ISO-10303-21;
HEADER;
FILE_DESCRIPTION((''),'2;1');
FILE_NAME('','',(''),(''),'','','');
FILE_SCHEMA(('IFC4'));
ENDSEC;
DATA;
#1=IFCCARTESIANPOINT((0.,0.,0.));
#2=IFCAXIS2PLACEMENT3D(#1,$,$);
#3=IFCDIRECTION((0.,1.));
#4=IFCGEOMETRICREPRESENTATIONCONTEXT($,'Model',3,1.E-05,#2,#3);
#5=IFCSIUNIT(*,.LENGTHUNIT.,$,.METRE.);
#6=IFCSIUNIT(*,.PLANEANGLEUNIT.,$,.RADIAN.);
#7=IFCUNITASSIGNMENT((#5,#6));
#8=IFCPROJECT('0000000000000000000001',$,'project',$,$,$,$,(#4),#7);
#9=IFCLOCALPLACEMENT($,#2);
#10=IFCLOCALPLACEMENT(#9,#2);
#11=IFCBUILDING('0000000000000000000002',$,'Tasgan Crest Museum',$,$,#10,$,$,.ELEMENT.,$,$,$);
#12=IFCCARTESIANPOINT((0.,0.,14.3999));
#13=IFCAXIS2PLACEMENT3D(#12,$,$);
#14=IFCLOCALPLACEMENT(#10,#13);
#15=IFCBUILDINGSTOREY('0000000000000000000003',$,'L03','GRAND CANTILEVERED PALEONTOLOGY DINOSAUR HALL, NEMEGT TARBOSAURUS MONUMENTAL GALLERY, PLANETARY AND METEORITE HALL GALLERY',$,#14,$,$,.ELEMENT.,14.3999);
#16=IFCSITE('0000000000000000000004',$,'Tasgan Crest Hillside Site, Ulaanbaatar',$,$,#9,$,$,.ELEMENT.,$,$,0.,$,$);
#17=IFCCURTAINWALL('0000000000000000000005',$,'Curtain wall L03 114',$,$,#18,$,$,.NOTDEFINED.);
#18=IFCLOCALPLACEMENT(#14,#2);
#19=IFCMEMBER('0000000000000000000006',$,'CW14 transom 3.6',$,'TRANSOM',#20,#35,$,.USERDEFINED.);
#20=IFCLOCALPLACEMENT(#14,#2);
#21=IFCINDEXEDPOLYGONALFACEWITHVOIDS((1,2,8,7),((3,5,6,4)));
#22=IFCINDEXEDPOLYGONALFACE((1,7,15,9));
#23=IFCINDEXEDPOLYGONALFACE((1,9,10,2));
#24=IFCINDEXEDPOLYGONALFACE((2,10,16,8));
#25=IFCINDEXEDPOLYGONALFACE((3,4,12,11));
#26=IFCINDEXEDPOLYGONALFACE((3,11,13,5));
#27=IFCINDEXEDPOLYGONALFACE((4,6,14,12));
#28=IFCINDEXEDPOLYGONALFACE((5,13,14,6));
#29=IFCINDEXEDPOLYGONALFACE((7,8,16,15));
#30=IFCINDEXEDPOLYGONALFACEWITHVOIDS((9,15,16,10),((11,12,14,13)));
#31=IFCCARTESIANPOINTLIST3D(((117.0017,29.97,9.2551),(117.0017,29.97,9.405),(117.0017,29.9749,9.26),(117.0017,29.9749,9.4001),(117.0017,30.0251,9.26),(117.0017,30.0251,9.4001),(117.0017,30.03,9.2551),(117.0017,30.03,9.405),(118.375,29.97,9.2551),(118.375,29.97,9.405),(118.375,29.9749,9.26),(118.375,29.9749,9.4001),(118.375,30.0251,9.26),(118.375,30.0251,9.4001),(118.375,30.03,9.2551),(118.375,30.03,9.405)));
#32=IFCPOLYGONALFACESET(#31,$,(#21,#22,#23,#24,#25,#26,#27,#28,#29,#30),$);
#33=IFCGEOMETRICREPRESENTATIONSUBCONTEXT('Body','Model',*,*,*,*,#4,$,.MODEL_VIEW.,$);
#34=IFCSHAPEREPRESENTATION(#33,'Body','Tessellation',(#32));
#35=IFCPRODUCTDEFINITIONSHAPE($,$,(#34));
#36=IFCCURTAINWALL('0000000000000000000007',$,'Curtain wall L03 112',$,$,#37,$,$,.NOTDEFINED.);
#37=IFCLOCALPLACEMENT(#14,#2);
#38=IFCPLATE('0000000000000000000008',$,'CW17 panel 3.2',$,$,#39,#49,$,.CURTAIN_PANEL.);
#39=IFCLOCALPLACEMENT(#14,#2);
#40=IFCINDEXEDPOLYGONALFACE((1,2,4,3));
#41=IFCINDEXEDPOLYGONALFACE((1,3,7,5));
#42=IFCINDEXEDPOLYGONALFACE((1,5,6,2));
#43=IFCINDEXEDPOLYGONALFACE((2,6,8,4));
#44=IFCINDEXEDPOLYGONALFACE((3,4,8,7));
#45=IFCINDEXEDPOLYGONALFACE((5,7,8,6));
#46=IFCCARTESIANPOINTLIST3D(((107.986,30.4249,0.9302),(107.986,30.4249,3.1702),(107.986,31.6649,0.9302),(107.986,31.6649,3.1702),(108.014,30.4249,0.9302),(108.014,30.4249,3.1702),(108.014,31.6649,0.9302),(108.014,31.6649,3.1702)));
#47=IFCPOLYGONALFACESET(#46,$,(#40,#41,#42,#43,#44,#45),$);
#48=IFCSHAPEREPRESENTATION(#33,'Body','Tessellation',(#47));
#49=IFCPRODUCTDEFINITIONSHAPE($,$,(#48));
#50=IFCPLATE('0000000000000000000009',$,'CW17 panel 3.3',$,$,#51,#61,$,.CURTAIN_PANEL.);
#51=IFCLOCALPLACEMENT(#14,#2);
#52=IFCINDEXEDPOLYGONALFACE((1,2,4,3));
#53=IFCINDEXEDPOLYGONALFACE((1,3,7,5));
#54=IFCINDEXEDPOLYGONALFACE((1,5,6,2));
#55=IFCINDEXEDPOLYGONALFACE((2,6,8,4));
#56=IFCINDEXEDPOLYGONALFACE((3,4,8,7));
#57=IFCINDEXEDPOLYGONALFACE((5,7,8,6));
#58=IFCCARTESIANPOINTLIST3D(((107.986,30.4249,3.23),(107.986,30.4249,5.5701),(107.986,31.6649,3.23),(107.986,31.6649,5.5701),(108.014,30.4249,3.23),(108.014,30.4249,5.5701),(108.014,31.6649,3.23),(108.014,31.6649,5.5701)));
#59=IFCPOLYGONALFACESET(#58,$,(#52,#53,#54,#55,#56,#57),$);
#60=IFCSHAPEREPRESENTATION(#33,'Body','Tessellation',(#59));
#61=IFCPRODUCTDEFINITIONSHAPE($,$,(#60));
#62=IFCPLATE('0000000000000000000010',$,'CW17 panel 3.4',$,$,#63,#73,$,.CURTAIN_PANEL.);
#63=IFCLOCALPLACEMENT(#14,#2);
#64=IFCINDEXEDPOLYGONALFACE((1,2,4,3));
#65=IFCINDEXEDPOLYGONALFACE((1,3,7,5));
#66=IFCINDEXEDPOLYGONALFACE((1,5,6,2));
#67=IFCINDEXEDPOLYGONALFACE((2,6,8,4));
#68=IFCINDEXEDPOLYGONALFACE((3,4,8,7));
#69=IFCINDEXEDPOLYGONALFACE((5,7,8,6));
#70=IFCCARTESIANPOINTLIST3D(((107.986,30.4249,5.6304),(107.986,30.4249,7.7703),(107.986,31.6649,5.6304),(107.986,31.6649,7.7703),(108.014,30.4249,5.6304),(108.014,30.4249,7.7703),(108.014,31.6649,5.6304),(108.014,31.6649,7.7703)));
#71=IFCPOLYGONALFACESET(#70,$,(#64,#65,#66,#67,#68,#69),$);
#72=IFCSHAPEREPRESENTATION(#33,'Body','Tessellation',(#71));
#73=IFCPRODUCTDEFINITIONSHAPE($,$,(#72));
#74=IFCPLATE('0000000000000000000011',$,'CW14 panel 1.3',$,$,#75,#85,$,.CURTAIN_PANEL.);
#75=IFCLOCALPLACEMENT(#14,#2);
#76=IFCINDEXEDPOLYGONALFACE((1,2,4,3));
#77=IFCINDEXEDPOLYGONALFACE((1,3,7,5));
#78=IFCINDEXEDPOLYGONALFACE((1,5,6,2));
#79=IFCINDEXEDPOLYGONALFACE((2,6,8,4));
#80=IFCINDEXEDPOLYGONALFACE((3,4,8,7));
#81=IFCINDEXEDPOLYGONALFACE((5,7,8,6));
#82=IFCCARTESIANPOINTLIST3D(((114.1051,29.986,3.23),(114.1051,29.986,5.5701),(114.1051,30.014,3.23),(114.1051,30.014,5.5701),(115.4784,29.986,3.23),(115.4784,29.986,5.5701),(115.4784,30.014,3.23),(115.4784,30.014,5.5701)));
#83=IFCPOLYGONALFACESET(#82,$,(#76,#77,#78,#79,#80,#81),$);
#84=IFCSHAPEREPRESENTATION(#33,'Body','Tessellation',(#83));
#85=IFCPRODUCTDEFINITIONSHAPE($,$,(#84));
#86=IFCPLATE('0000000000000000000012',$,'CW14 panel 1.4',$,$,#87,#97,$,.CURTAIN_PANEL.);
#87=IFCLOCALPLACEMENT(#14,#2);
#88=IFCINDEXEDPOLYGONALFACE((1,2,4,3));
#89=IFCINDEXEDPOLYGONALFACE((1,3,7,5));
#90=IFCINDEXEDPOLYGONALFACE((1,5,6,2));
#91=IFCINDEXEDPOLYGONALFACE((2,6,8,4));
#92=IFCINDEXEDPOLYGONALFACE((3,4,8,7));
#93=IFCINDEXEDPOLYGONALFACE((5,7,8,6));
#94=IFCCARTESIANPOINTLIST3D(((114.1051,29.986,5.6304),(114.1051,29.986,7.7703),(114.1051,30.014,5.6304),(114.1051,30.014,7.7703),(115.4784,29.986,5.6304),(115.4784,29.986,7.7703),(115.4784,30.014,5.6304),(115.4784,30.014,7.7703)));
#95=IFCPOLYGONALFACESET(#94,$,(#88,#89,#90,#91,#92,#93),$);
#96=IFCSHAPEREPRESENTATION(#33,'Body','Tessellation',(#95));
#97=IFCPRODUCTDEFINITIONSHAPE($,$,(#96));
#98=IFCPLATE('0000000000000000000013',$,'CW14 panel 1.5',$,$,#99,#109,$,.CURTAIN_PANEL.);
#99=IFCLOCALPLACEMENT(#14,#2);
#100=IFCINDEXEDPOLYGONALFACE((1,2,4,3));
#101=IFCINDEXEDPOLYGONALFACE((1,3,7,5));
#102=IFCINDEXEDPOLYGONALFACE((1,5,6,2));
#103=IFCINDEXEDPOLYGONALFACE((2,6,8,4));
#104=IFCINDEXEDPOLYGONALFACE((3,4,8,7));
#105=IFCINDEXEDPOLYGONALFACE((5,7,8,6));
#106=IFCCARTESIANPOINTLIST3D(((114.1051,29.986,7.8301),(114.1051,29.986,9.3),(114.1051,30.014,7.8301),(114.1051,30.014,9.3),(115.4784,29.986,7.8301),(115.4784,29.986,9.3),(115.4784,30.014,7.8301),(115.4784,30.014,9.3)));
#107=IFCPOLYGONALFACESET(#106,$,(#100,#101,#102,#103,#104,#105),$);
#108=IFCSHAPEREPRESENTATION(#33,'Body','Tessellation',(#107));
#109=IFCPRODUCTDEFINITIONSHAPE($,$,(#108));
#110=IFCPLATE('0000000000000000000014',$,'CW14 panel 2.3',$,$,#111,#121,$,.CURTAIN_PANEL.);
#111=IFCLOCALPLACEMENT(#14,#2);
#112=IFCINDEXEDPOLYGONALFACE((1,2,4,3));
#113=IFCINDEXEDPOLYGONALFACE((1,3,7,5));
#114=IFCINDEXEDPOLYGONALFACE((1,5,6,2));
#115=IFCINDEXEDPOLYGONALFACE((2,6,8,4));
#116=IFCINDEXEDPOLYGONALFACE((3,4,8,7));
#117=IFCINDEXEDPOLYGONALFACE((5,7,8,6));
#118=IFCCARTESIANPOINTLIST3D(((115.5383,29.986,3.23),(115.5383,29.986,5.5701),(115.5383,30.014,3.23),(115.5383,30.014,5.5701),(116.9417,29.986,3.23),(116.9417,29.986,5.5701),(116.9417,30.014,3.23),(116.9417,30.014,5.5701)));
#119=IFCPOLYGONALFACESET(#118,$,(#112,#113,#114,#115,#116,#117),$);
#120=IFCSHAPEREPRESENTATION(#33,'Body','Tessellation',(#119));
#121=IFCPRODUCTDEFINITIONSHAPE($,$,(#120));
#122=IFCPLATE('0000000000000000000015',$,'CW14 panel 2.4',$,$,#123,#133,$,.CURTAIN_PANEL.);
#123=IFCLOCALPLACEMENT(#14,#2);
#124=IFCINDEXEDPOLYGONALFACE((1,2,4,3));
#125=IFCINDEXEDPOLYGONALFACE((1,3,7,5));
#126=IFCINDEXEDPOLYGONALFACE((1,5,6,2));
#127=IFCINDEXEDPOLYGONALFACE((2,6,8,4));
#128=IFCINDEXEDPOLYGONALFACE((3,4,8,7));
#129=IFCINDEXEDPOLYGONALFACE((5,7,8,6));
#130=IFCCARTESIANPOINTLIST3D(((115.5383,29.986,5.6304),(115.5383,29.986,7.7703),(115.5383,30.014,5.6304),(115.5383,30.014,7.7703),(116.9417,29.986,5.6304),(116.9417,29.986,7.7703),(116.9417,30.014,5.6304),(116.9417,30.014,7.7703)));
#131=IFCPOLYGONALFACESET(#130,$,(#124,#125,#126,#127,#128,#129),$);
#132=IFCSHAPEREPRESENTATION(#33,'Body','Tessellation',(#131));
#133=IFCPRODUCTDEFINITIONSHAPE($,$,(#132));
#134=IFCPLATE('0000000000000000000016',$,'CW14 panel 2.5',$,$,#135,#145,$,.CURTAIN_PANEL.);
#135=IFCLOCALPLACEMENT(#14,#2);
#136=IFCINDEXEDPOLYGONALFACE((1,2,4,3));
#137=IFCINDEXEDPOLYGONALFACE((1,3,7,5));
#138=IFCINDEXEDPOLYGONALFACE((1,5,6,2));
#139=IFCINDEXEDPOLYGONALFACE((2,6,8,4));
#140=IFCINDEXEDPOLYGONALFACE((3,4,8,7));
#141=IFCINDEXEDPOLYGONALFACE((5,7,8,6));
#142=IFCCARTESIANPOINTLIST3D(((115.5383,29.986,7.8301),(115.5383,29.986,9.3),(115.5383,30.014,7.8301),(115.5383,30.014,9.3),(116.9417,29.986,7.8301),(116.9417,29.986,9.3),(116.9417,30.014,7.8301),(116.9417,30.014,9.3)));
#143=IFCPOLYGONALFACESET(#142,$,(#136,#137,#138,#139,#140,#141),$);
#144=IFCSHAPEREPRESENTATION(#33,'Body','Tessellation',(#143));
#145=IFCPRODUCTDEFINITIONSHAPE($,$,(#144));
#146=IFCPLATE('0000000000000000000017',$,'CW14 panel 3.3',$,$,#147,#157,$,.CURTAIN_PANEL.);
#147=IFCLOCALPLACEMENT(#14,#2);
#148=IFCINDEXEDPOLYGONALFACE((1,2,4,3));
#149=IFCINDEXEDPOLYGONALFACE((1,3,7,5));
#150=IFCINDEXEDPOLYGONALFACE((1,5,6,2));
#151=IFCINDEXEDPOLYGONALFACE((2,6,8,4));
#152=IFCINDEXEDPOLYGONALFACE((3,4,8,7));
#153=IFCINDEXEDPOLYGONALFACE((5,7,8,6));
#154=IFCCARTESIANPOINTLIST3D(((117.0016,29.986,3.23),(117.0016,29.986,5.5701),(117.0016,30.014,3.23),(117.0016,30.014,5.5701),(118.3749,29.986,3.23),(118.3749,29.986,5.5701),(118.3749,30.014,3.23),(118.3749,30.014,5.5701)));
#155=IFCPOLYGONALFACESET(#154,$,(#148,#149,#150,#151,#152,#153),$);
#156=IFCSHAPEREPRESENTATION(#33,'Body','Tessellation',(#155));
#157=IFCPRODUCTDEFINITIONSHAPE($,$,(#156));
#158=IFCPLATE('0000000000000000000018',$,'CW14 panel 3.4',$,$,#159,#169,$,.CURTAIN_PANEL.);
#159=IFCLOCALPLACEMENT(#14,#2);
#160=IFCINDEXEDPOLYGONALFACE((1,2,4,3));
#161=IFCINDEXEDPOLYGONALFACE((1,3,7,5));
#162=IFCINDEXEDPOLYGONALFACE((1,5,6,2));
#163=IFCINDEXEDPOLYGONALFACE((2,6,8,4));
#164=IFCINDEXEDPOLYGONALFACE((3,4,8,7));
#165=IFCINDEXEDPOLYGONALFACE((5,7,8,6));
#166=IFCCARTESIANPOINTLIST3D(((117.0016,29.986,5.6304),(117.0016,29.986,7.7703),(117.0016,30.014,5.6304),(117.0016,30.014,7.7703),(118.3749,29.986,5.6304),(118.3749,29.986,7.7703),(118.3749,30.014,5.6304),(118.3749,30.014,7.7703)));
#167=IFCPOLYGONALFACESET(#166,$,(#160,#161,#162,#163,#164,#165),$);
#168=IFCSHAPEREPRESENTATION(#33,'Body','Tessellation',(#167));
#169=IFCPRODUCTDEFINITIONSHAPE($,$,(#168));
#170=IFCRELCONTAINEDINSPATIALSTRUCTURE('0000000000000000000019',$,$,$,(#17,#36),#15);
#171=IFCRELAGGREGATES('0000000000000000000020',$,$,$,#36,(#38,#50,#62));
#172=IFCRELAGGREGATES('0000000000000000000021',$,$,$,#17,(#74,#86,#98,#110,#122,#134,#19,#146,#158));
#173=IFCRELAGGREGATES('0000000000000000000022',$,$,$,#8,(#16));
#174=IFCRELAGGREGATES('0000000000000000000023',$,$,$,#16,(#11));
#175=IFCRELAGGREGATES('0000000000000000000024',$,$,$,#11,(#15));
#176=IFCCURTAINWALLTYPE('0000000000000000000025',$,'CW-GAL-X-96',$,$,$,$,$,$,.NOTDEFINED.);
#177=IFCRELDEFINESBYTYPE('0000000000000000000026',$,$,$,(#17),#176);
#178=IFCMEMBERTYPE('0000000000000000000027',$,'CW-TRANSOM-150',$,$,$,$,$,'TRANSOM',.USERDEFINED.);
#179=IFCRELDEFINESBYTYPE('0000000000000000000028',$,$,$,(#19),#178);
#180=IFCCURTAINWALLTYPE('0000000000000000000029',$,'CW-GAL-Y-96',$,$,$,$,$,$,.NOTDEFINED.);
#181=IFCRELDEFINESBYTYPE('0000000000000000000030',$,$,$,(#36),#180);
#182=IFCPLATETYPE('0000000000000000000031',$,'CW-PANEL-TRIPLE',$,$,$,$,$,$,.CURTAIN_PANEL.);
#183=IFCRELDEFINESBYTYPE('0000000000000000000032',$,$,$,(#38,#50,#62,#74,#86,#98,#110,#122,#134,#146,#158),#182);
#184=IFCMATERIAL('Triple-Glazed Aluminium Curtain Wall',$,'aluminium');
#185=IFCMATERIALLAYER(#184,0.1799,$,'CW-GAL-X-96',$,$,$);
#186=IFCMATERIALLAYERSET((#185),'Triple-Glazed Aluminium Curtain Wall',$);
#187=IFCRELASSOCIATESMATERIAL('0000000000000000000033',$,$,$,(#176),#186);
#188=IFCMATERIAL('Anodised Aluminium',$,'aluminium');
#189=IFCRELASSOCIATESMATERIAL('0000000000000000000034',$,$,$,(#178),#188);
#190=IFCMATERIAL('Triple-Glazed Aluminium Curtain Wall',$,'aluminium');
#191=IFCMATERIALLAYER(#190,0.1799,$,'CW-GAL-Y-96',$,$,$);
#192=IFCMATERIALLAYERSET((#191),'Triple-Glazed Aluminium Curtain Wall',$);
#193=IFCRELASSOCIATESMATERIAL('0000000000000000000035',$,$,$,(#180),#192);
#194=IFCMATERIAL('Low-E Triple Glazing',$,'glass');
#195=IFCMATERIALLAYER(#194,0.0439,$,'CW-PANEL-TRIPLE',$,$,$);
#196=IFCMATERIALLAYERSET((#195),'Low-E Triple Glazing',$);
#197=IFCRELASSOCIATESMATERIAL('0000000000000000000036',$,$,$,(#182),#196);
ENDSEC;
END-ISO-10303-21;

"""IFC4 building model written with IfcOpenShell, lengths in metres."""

from ifc_helpers import new_model, si_unit, direction, frame, origin, origin_2d, place, context, subcontext, project, spatial, rectangle, hollow_rectangle, extrude, material, layer, layer_set, material_profile, profile_set, type_object, element, aggregate, save


model = new_model("IFC4")

# Units and contexts
model_context = context("Model", 3, precision=1e-05, world=origin(), true_north=direction((0.0, 1.0)))
body_context = subcontext(model_context, "Body", "Model", "MODEL_VIEW")
ifc_project = project(units=[si_unit("LENGTHUNIT", "METRE"), si_unit("PLANEANGLEUNIT", "RADIAN")], contexts=[model_context])

# Site, building, storey
site_placement = place(None, origin())
site = spatial("IfcSite", under=ifc_project, at=site_placement, Name="Tasgan Crest Hillside Site, Ulaanbaatar", CompositionType="ELEMENT", RefElevation=0.0)
building_placement = place(site_placement, origin())
building = spatial("IfcBuilding", under=site, at=building_placement, Name="Tasgan Crest Museum", CompositionType="ELEMENT")
storey_placement = place(building_placement, frame((0.0, 0.0, 14.3999)))
storey = spatial("IfcBuildingStorey", under=building, at=storey_placement, Name="L03", Description="GRAND CANTILEVERED PALEONTOLOGY DINOSAUR HALL, NEMEGT TARBOSAURUS MONUMENTAL GALLERY, PLANETARY AND METEORITE HALL GALLERY", CompositionType="ELEMENT", Elevation=14.3999)

# Curtain wall, member
ifc_material_1 = material(Name="Triple-Glazed Aluminium Curtain Wall", Category="aluminium")
ifc_layer_1 = layer(ifc_material_1, 0.1799, Name="CW-GAL-X-96")
ifc_layer_set_1 = layer_set([ifc_layer_1], Name="Triple-Glazed Aluminium Curtain Wall")
curtain_wall_type_1 = type_object("IfcCurtainWallType", Name="CW-GAL-X-96", PredefinedType="NOTDEFINED", material=ifc_layer_set_1)
curtain_wall_1_placement = place(storey_placement, origin())
curtain_wall_1 = element("IfcCurtainWall", 1, at=curtain_wall_1_placement, inside=storey, type_object=curtain_wall_type_1, Name="Curtain wall L03 114", PredefinedType="NOTDEFINED")
ifc_material_2 = material(Name="Anodised Aluminium", Category="aluminium")
ifc_material_profile = material_profile(ifc_material_2, hollow_rectangle(XDim=0.0601, YDim=0.1499, WallThickness=0.0049, at=origin_2d()), Name="ALU TRANSOM 150x60x5")
ifc_profile_set = profile_set([ifc_material_profile], Name="Anodised Aluminium")
member_type = type_object("IfcMemberType", Name="CW-TRANSOM-150", ElementType="TRANSOM", PredefinedType="USERDEFINED", material=ifc_profile_set)
member_1_placement = place(storey_placement, frame((117.0017, 30.0, 9.3301), z_axis=(1.0, 0.0, 0.0), x_axis=(0.0, 1.0, 0.0)))
member_1 = element("IfcMember", 2, at=member_1_placement, type_object=member_type, Name="CW14 transom 3.6", ObjectType="TRANSOM", PredefinedType="USERDEFINED", context=body_context, shape_type="SweptSolid", body=[
    extrude(hollow_rectangle(XDim=0.0601, YDim=0.1499, WallThickness=0.0049, at=origin_2d()), origin(), (0.0, 0.0, 1.0), 1.3733),
])

# Curtain wall, plates
ifc_material_3 = material(Name="Triple-Glazed Aluminium Curtain Wall", Category="aluminium")
ifc_layer_2 = layer(ifc_material_3, 0.1799, Name="CW-GAL-Y-96")
ifc_layer_set_2 = layer_set([ifc_layer_2], Name="Triple-Glazed Aluminium Curtain Wall")
curtain_wall_type_2 = type_object("IfcCurtainWallType", Name="CW-GAL-Y-96", PredefinedType="NOTDEFINED", material=ifc_layer_set_2)
curtain_wall_2_placement = place(storey_placement, origin())
curtain_wall_2 = element("IfcCurtainWall", 3, at=curtain_wall_2_placement, inside=storey, type_object=curtain_wall_type_2, Name="Curtain wall L03 112", PredefinedType="NOTDEFINED")
ifc_material_4 = material(Name="Low-E Triple Glazing", Category="glass")
ifc_layer_3 = layer(ifc_material_4, 0.0439, Name="CW-PANEL-TRIPLE")
ifc_layer_set_3 = layer_set([ifc_layer_3], Name="Low-E Triple Glazing")
plate_type = type_object("IfcPlateType", Name="CW-PANEL-TRIPLE", PredefinedType="CURTAIN_PANEL", material=ifc_layer_set_3)
plate_1_placement = place(storey_placement, frame((108.0, 31.0449, 0.9302), z_axis=(0.0, 0.0, 1.0), x_axis=(0.0, -1.0, 0.0)))
plate_1 = element("IfcPlate", 4, at=plate_1_placement, type_object=plate_type, Name="CW17 panel 3.2", PredefinedType="CURTAIN_PANEL", context=body_context, shape_type="SweptSolid", body=[
    extrude(rectangle(XDim=1.24, YDim=0.0281, at=origin_2d()), origin(), (0.0, 0.0, 1.0), 2.24),
])
plate_2_placement = place(storey_placement, frame((108.0, 31.0449, 3.23), z_axis=(0.0, 0.0, 1.0), x_axis=(0.0, -1.0, 0.0)))
plate_2 = element("IfcPlate", 5, at=plate_2_placement, type_object=plate_type, Name="CW17 panel 3.3", PredefinedType="CURTAIN_PANEL", context=body_context, shape_type="SweptSolid", body=[
    extrude(rectangle(XDim=1.24, YDim=0.0281, at=origin_2d()), origin(), (0.0, 0.0, 1.0), 2.3401),
])
plate_3_placement = place(storey_placement, frame((108.0, 31.0449, 5.6304), z_axis=(0.0, 0.0, 1.0), x_axis=(0.0, -1.0, 0.0)))
plate_3 = element("IfcPlate", 6, at=plate_3_placement, type_object=plate_type, Name="CW17 panel 3.4", PredefinedType="CURTAIN_PANEL", context=body_context, shape_type="SweptSolid", body=[
    extrude(rectangle(XDim=1.24, YDim=0.0281, at=origin_2d()), origin(), (0.0, 0.0, 1.0), 2.1399),
])
aggregate(curtain_wall_2, [plate_1, plate_2, plate_3])

# Plates
plate_4_placement = place(storey_placement, frame((114.7917, 30.0, 3.23), z_axis=(0.0, 0.0, 1.0), x_axis=(1.0, 0.0, 0.0)))
plate_4 = element("IfcPlate", 7, at=plate_4_placement, type_object=plate_type, Name="CW14 panel 1.3", PredefinedType="CURTAIN_PANEL", context=body_context, shape_type="SweptSolid", body=[
    extrude(rectangle(XDim=1.3733, YDim=0.0281, at=origin_2d()), origin(), (0.0, 0.0, 1.0), 2.3401),
])
plate_5_placement = place(storey_placement, frame((114.7917, 30.0, 5.6304), z_axis=(0.0, 0.0, 1.0), x_axis=(1.0, 0.0, 0.0)))
plate_5 = element("IfcPlate", 8, at=plate_5_placement, type_object=plate_type, Name="CW14 panel 1.4", PredefinedType="CURTAIN_PANEL", context=body_context, shape_type="SweptSolid", body=[
    extrude(rectangle(XDim=1.3733, YDim=0.0281, at=origin_2d()), origin(), (0.0, 0.0, 1.0), 2.1399),
])
plate_6_placement = place(storey_placement, frame((114.7917, 30.0, 7.8301), z_axis=(0.0, 0.0, 1.0), x_axis=(1.0, 0.0, 0.0)))
plate_6 = element("IfcPlate", 9, at=plate_6_placement, type_object=plate_type, Name="CW14 panel 1.5", PredefinedType="CURTAIN_PANEL", context=body_context, shape_type="SweptSolid", body=[
    extrude(rectangle(XDim=1.3733, YDim=0.0281, at=origin_2d()), origin(), (0.0, 0.0, 1.0), 1.47),
])
plate_7_placement = place(storey_placement, frame((116.24, 30.0, 3.23), z_axis=(0.0, 0.0, 1.0), x_axis=(1.0, 0.0, 0.0)))
plate_7 = element("IfcPlate", 10, at=plate_7_placement, type_object=plate_type, Name="CW14 panel 2.3", PredefinedType="CURTAIN_PANEL", context=body_context, shape_type="SweptSolid", body=[
    extrude(rectangle(XDim=1.4033, YDim=0.0281, at=origin_2d()), origin(), (0.0, 0.0, 1.0), 2.3401),
])
plate_8_placement = place(storey_placement, frame((116.24, 30.0, 5.6304), z_axis=(0.0, 0.0, 1.0), x_axis=(1.0, 0.0, 0.0)))
plate_8 = element("IfcPlate", 11, at=plate_8_placement, type_object=plate_type, Name="CW14 panel 2.4", PredefinedType="CURTAIN_PANEL", context=body_context, shape_type="SweptSolid", body=[
    extrude(rectangle(XDim=1.4033, YDim=0.0281, at=origin_2d()), origin(), (0.0, 0.0, 1.0), 2.1399),
])
plate_9_placement = place(storey_placement, frame((116.24, 30.0, 7.8301), z_axis=(0.0, 0.0, 1.0), x_axis=(1.0, 0.0, 0.0)))
plate_9 = element("IfcPlate", 12, at=plate_9_placement, type_object=plate_type, Name="CW14 panel 2.5", PredefinedType="CURTAIN_PANEL", context=body_context, shape_type="SweptSolid", body=[
    extrude(rectangle(XDim=1.4033, YDim=0.0281, at=origin_2d()), origin(), (0.0, 0.0, 1.0), 1.47),
])
plate_10_placement = place(storey_placement, frame((117.6882, 30.0, 3.23), z_axis=(0.0, 0.0, 1.0), x_axis=(1.0, 0.0, 0.0)))
plate_10 = element("IfcPlate", 13, at=plate_10_placement, type_object=plate_type, Name="CW14 panel 3.3", PredefinedType="CURTAIN_PANEL", context=body_context, shape_type="SweptSolid", body=[
    extrude(rectangle(XDim=1.3733, YDim=0.0281, at=origin_2d()), origin(), (0.0, 0.0, 1.0), 2.3401),
])
plate_11_placement = place(storey_placement, frame((117.6882, 30.0, 5.6304), z_axis=(0.0, 0.0, 1.0), x_axis=(1.0, 0.0, 0.0)))
plate_11 = element("IfcPlate", 14, at=plate_11_placement, type_object=plate_type, Name="CW14 panel 3.4", PredefinedType="CURTAIN_PANEL", context=body_context, shape_type="SweptSolid", body=[
    extrude(rectangle(XDim=1.3733, YDim=0.0281, at=origin_2d()), origin(), (0.0, 0.0, 1.0), 2.1399),
])
aggregate(curtain_wall_1, [plate_4, plate_5, plate_6, plate_7, plate_8, plate_9, member_1, plate_10, plate_11])

save(model, "model.ifc")
